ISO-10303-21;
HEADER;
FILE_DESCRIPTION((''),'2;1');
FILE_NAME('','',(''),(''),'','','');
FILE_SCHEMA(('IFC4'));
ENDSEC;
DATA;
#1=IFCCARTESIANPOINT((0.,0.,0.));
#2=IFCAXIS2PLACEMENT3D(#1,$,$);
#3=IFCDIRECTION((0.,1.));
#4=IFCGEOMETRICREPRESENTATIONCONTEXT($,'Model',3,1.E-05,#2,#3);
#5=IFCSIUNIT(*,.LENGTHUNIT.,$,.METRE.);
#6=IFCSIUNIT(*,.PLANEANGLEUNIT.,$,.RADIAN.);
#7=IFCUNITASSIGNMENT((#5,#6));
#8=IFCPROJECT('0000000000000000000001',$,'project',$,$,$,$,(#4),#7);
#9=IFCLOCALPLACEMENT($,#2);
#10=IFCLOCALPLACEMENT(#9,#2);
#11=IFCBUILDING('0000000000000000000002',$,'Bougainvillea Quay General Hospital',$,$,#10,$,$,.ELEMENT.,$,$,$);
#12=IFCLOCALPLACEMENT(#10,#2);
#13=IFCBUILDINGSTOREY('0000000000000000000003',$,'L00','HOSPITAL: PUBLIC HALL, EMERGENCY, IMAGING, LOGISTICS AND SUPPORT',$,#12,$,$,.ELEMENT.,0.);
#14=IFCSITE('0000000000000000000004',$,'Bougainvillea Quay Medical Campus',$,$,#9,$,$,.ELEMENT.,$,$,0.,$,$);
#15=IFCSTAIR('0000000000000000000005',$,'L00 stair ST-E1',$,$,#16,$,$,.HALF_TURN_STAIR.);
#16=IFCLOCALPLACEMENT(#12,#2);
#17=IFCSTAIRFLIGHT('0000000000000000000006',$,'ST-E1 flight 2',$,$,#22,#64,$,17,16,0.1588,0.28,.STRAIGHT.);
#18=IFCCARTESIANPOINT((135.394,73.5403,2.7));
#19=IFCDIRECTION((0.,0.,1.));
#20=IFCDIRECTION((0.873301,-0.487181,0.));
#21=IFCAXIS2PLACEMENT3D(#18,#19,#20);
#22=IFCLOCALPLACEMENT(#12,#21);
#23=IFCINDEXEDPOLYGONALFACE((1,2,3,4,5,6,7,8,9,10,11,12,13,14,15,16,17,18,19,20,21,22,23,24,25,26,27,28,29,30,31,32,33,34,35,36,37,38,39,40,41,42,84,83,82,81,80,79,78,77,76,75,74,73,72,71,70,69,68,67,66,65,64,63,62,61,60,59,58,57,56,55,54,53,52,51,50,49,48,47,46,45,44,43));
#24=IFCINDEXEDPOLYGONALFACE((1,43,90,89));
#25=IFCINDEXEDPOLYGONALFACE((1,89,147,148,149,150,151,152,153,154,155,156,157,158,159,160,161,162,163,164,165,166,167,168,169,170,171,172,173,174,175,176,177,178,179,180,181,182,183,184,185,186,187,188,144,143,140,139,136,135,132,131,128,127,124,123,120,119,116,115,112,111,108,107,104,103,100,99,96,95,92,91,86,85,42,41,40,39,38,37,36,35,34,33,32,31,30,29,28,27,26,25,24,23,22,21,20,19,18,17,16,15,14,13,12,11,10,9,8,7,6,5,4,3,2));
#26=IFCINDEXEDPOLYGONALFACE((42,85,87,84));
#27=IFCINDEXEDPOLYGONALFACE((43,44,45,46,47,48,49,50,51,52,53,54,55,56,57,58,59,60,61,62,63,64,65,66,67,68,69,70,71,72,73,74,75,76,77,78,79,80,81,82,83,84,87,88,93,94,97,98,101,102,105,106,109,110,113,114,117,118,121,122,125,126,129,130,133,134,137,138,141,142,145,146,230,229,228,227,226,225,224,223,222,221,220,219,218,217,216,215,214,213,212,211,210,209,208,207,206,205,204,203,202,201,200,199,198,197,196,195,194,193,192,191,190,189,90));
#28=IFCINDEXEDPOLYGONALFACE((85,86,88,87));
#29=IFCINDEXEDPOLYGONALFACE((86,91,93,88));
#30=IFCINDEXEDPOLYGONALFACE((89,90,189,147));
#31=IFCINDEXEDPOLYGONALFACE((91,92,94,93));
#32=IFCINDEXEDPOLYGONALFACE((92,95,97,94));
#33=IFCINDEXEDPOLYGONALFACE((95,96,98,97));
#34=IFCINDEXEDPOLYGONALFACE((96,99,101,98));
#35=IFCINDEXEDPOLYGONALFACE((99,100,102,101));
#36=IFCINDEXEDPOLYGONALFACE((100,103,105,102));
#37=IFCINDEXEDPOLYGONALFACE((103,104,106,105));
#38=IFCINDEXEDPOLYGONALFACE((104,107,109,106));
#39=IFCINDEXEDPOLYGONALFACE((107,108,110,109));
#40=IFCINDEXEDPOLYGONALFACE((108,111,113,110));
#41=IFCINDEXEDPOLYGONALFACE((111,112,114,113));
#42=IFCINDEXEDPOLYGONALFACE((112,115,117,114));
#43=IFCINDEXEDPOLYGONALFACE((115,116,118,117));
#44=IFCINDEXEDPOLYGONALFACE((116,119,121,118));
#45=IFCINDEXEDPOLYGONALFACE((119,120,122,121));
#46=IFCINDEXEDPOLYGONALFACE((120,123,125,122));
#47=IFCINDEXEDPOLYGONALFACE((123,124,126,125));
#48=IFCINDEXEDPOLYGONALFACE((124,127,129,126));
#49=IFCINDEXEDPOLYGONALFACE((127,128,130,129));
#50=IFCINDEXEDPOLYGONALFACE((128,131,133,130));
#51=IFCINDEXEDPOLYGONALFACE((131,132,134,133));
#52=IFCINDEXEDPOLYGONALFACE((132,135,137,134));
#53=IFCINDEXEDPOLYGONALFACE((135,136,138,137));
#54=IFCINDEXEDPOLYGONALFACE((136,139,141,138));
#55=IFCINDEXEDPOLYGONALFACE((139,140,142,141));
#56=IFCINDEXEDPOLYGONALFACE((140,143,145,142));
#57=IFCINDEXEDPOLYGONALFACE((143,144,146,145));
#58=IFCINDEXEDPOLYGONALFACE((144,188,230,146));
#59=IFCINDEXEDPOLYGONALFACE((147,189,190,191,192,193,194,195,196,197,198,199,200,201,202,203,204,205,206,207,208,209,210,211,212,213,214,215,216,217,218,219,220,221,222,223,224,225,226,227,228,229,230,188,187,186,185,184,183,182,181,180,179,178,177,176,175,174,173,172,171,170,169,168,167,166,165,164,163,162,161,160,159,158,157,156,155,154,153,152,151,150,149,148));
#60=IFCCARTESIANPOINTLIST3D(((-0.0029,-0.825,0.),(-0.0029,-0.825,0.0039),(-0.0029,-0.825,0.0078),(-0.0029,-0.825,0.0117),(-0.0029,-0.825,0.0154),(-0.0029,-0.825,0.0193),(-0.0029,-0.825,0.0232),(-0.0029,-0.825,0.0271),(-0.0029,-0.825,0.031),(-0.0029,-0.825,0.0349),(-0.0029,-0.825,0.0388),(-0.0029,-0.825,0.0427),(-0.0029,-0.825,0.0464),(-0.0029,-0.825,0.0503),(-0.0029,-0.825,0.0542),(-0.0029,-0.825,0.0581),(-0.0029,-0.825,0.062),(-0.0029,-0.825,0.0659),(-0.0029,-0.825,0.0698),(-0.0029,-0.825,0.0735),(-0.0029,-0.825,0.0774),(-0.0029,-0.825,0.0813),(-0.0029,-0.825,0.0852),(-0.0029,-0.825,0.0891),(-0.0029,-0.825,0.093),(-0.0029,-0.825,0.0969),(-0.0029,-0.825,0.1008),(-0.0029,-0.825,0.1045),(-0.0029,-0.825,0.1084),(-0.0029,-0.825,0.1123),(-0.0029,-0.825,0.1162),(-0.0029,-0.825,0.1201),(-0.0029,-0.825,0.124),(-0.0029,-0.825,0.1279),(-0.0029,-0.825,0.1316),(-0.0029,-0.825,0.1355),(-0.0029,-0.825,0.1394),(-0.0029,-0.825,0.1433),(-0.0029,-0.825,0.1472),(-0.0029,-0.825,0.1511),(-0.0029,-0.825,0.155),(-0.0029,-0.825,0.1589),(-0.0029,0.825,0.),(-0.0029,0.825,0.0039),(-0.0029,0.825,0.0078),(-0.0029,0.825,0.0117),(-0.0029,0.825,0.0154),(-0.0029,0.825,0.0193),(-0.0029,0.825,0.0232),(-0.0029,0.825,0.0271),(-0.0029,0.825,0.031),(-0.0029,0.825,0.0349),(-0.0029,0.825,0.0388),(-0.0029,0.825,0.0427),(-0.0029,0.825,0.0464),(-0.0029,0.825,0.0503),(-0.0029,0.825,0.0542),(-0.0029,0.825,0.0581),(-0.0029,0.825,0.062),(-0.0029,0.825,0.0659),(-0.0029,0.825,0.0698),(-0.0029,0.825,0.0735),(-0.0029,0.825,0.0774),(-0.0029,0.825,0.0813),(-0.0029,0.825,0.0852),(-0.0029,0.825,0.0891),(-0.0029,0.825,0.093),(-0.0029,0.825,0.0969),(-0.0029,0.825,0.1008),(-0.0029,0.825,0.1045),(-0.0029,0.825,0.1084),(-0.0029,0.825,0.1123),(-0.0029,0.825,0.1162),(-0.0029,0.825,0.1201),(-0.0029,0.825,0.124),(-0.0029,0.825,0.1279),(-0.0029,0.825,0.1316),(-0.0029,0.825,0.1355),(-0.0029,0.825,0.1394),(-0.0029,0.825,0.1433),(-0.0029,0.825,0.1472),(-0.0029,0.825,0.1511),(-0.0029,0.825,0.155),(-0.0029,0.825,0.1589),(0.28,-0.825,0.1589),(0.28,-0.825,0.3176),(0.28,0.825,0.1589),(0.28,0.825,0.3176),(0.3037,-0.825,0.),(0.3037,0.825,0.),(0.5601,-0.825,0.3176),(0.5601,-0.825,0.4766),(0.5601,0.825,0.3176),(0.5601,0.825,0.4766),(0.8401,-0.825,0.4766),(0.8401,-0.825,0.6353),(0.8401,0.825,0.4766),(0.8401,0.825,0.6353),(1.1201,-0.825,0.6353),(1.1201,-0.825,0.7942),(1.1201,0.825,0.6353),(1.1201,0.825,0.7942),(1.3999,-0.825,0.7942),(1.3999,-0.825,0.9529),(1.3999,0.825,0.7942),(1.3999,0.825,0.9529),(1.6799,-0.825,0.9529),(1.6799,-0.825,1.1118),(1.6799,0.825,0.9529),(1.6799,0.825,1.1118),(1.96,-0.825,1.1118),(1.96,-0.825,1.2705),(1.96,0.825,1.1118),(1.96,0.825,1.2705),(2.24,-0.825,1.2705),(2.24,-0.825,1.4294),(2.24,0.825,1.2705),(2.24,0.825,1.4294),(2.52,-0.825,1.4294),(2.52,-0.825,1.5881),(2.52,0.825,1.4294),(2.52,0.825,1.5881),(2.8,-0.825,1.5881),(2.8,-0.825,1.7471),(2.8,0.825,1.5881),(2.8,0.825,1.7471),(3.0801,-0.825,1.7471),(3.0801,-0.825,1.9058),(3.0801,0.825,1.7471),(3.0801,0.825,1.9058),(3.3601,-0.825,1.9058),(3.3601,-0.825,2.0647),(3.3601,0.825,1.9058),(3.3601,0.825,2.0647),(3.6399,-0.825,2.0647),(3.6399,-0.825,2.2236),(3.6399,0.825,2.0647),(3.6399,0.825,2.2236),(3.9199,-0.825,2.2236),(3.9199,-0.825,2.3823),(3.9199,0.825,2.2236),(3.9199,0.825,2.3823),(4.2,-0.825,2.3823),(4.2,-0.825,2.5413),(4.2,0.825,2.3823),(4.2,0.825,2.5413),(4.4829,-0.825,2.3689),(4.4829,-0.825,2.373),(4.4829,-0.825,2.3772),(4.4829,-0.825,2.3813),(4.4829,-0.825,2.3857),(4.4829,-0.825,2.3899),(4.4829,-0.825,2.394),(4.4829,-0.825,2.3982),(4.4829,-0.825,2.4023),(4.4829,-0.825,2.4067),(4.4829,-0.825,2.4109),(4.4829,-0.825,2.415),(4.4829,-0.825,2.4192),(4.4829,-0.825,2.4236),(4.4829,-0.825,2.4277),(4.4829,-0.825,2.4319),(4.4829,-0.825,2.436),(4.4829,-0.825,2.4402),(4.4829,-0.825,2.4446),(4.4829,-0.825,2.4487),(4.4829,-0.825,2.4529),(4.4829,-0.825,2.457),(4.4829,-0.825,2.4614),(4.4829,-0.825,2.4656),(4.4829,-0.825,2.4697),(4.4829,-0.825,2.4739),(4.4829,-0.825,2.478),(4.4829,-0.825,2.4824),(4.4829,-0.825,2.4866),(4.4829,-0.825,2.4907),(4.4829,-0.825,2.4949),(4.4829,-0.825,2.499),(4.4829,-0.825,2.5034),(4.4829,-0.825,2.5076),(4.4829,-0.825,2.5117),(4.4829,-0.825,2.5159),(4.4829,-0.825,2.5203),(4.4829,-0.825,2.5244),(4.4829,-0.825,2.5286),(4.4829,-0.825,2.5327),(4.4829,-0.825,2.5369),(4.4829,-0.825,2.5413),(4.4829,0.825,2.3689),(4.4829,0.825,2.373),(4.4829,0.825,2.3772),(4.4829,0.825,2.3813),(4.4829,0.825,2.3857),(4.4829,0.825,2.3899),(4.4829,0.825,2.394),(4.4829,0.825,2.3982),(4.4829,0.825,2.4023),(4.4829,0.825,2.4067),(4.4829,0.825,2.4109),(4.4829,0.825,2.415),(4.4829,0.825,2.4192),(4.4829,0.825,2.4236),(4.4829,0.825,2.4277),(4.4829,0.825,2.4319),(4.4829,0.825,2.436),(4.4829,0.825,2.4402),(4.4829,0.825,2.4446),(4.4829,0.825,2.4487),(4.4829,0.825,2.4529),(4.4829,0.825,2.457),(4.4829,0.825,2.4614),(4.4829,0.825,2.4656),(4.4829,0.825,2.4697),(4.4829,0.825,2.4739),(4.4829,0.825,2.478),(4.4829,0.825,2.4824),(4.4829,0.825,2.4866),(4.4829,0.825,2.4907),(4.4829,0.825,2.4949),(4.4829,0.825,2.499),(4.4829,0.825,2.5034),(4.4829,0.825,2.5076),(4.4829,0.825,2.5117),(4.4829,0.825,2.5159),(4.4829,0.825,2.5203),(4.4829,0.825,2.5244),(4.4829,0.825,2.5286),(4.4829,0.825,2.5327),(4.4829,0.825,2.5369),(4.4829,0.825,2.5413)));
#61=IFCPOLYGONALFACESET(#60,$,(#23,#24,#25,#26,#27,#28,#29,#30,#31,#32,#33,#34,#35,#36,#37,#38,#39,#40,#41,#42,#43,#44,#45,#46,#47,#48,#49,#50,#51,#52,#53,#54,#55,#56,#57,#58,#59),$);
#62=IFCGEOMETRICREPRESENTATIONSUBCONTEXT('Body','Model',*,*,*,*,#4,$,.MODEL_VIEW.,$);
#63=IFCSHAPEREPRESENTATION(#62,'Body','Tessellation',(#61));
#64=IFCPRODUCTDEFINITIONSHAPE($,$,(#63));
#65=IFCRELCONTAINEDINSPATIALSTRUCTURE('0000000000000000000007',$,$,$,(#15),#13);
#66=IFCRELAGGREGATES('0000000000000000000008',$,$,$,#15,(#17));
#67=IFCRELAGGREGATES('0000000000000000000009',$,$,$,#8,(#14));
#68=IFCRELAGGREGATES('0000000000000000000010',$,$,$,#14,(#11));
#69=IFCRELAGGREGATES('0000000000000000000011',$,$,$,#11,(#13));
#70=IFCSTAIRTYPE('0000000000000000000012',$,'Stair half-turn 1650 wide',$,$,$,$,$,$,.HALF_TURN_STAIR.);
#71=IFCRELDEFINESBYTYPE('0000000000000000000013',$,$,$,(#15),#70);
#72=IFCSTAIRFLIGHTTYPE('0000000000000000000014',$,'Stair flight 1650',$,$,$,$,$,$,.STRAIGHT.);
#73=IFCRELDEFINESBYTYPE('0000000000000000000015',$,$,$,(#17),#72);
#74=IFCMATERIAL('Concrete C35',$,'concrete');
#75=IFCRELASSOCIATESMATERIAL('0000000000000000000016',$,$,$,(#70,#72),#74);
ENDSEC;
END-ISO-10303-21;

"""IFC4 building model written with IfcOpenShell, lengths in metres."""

from ifc_helpers import new_model, si_unit, direction, frame, origin, place, context, subcontext, project, spatial, polyline, outline, extrude, material, type_object, element, aggregate, save


model = new_model("IFC4")

# Units and contexts
model_context = context("Model", 3, precision=1e-05, world=origin(), true_north=direction((0.0, 1.0)))
body_context = subcontext(model_context, "Body", "Model", "MODEL_VIEW")
ifc_project = project(units=[si_unit("LENGTHUNIT", "METRE"), si_unit("PLANEANGLEUNIT", "RADIAN")], contexts=[model_context])

# Site, building, storey
site_placement = place(None, origin())
site = spatial("IfcSite", under=ifc_project, at=site_placement, Name="Bougainvillea Quay Medical Campus", CompositionType="ELEMENT", RefElevation=0.0)
building_placement = place(site_placement, origin())
building = spatial("IfcBuilding", under=site, at=building_placement, Name="Bougainvillea Quay General Hospital", CompositionType="ELEMENT")
storey_placement = place(building_placement, origin())
storey = spatial("IfcBuildingStorey", under=building, at=storey_placement, Name="L00", Description="HOSPITAL: PUBLIC HALL, EMERGENCY, IMAGING, LOGISTICS AND SUPPORT", CompositionType="ELEMENT", Elevation=0.0)

# Stair, stair flight
ifc_material_1 = material(Name="Concrete C35", Category="concrete")
stair_type = type_object("IfcStairType", Name="Stair half-turn 1650 wide", PredefinedType="HALF_TURN_STAIR", material=ifc_material_1)
stair_placement = place(storey_placement, origin())
stair = element("IfcStair", 1, at=stair_placement, inside=storey, type_object=stair_type, Name="L00 stair ST-E1", PredefinedType="HALF_TURN_STAIR")
stair_flight_type = type_object("IfcStairFlightType", Name="Stair flight 1650", PredefinedType="STRAIGHT", material=ifc_material_1)
stair_flight_placement = place(storey_placement, frame((135.394, 73.5403, 2.7), z_axis=(0.0, 0.0, 1.0), x_axis=(0.873301, -0.487181, 0.0)))
stair_flight = element("IfcStairFlight", 2, at=stair_flight_placement, type_object=stair_flight_type, Name="ST-E1 flight 2", NumberOfRisers=17, NumberOfTreads=16, PredefinedType="STRAIGHT", RiserHeight=0.1588, TreadLength=0.28, context=body_context, shape_type="SweptSolid", body=[
    extrude(outline(polyline([(-0.0029, 0.0), (-0.0029, 0.0039), (-0.0029, 0.0078), (-0.0029, 0.0117), (-0.0029, 0.0154), (-0.0029, 0.0193), (-0.0029, 0.0232), (-0.0029, 0.0271), (-0.0029, 0.031), (-0.0029, 0.0349), (-0.0029, 0.0388), (-0.0029, 0.0427), (-0.0029, 0.0464), (-0.0029, 0.0503), (-0.0029, 0.0542), (-0.0029, 0.0581), (-0.0029, 0.062), (-0.0029, 0.0659), (-0.0029, 0.0698), (-0.0029, 0.0735), (-0.0029, 0.0774), (-0.0029, 0.0813), (-0.0029, 0.0852), (-0.0029, 0.0891), (-0.0029, 0.093), (-0.0029, 0.0969), (-0.0029, 0.1008), (-0.0029, 0.1045), (-0.0029, 0.1084), (-0.0029, 0.1123), (-0.0029, 0.1162), (-0.0029, 0.1201), (-0.0029, 0.124), (-0.0029, 0.1279), (-0.0029, 0.1316), (-0.0029, 0.1355), (-0.0029, 0.1394), (-0.0029, 0.1433), (-0.0029, 0.1472), (-0.0029, 0.1511), (-0.0029, 0.155), (-0.0029, 0.1589), (0.28, 0.1589), (0.28, 0.3176), (0.5601, 0.3176), (0.5601, 0.4766), (0.8401, 0.4766), (0.8401, 0.6353), (1.1201, 0.6353), (1.1201, 0.7942), (1.3999, 0.7942), (1.3999, 0.9529), (1.6799, 0.9529), (1.6799, 1.1118), (1.96, 1.1118), (1.96, 1.2705), (2.24, 1.2705), (2.24, 1.4294), (2.52, 1.4294), (2.52, 1.5881), (2.8, 1.5881), (2.8, 1.7471), (3.0801, 1.7471), (3.0801, 1.9058), (3.3601, 1.9058), (3.3601, 2.0647), (3.6399, 2.0647), (3.6399, 2.2236), (3.9199, 2.2236), (3.9199, 2.3823), (4.2, 2.3823), (4.2, 2.5413), (4.4829, 2.5413), (4.4829, 2.5369), (4.4829, 2.5327), (4.4829, 2.5286), (4.4829, 2.5244), (4.4829, 2.5203), (4.4829, 2.5159), (4.4829, 2.5117), (4.4829, 2.5076), (4.4829, 2.5034), (4.4829, 2.499), (4.4829, 2.4949), (4.4829, 2.4907), (4.4829, 2.4866), (4.4829, 2.4824), (4.4829, 2.478), (4.4829, 2.4739), (4.4829, 2.4697), (4.4829, 2.4656), (4.4829, 2.4614), (4.4829, 2.457), (4.4829, 2.4529), (4.4829, 2.4487), (4.4829, 2.4446), (4.4829, 2.4402), (4.4829, 2.436), (4.4829, 2.4319), (4.4829, 2.4277), (4.4829, 2.4236), (4.4829, 2.4192), (4.4829, 2.415), (4.4829, 2.4109), (4.4829, 2.4067), (4.4829, 2.4023), (4.4829, 2.3982), (4.4829, 2.394), (4.4829, 2.3899), (4.4829, 2.3857), (4.4829, 2.3813), (4.4829, 2.3772), (4.4829, 2.373), (4.4829, 2.3689), (0.3037, 0.0), (-0.0029, 0.0)])), frame((0.0, 0.825, 0.0), z_axis=(0.0, -1.0, 0.0), x_axis=(1.0, 0.0, 0.0)), (0.0, 0.0, 1.0), 1.6499),
])
aggregate(stair, [stair_flight])

save(model, "model.ifc")
